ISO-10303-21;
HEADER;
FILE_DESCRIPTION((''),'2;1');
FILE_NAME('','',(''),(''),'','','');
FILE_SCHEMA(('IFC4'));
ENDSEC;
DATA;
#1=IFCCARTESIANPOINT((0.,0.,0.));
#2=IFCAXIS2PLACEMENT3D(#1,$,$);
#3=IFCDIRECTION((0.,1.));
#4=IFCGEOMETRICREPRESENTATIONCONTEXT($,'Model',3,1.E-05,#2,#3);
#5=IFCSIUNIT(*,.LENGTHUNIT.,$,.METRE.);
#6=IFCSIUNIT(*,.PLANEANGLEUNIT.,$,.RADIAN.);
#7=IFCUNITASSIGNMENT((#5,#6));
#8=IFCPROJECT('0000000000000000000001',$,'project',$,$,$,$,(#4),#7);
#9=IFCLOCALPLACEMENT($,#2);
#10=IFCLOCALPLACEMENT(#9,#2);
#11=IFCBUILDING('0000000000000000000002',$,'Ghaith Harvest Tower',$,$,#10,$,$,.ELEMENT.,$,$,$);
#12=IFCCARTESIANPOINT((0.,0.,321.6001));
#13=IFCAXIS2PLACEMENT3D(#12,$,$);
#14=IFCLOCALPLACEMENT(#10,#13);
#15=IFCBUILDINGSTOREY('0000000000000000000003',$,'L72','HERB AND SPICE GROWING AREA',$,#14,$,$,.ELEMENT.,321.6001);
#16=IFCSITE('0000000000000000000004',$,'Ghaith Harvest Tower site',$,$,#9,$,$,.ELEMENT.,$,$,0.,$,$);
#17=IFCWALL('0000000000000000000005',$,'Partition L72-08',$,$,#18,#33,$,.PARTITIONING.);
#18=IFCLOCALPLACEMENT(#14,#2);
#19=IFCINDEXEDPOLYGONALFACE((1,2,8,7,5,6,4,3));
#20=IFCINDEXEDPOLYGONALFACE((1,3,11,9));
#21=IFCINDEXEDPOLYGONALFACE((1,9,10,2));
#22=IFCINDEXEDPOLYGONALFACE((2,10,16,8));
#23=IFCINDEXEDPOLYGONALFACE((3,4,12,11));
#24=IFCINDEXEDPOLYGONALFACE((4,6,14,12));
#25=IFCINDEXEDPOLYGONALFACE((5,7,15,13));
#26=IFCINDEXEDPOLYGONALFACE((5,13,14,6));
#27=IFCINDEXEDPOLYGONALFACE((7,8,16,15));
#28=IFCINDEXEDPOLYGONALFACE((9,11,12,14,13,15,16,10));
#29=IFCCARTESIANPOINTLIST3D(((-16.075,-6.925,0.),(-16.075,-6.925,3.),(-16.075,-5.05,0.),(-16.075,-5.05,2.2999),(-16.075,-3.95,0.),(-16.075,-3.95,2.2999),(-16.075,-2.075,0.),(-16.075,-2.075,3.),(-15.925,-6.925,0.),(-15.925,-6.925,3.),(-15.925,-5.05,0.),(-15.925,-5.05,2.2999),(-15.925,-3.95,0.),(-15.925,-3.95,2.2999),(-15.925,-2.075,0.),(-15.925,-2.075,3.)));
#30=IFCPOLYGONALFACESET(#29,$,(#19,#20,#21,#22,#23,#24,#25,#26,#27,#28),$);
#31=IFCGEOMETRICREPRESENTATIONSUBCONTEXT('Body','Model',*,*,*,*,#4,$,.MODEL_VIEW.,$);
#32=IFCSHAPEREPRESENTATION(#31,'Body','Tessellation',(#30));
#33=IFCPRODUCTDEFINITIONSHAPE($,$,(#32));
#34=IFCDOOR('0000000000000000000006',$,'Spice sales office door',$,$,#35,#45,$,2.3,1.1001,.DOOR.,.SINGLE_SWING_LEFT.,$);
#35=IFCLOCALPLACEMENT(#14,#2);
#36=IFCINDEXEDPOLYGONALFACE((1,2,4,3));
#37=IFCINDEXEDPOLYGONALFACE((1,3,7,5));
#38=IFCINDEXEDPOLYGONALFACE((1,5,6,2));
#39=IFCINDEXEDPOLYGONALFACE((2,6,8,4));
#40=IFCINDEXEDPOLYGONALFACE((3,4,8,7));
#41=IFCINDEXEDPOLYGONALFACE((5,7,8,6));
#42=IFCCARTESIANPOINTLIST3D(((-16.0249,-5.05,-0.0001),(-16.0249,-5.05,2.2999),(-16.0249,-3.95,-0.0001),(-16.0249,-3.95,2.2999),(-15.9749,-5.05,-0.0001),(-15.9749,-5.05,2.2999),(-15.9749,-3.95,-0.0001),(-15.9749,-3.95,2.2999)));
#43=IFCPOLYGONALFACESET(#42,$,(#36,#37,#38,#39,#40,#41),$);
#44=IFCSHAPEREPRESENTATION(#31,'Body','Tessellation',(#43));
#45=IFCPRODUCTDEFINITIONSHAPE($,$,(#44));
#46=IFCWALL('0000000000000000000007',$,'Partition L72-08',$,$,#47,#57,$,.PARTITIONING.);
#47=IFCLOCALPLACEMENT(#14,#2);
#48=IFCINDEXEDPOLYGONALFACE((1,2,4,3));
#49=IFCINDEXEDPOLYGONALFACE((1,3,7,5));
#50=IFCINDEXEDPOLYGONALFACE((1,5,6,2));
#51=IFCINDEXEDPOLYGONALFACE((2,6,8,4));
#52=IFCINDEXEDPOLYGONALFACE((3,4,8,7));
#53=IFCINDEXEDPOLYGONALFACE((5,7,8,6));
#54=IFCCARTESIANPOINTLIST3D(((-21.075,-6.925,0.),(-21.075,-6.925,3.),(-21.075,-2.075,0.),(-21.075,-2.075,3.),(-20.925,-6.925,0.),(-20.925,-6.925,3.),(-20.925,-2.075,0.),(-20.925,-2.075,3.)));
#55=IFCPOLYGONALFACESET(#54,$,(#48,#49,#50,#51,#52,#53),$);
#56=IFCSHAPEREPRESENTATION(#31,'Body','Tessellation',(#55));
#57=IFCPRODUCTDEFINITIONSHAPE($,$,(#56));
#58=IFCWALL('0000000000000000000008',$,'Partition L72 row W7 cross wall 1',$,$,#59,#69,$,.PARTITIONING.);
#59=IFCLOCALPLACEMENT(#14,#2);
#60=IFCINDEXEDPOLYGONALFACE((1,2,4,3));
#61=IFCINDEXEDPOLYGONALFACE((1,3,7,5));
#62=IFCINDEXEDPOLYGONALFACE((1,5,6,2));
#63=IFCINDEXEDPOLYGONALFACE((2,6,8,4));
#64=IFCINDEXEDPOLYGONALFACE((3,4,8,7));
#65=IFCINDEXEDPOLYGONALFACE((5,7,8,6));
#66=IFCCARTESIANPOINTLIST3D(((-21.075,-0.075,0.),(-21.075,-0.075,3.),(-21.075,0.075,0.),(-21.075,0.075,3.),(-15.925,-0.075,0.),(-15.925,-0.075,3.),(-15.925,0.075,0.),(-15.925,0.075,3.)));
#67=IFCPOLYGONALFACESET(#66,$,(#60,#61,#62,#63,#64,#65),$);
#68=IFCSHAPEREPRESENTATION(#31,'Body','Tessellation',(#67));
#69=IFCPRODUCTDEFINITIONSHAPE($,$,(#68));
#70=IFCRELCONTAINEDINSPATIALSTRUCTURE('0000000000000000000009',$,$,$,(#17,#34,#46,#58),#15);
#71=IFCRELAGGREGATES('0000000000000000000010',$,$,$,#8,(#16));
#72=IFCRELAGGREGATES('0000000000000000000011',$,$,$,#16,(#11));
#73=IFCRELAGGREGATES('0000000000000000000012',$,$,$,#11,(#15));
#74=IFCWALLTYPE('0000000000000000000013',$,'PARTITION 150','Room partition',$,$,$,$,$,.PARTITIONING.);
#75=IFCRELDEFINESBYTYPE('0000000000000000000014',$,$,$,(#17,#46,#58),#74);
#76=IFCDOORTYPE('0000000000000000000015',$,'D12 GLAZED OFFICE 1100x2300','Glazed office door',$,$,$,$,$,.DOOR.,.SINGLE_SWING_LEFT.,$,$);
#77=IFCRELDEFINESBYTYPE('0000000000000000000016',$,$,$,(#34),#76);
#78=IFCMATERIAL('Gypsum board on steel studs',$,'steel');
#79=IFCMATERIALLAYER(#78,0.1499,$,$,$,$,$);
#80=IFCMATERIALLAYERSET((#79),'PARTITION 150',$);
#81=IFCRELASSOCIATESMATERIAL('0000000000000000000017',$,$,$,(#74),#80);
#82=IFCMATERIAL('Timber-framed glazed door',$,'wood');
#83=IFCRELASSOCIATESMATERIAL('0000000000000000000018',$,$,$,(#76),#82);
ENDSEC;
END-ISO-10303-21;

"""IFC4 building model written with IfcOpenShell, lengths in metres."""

from ifc_helpers import new_model, si_unit, direction, frame, frame_2d, origin, place, context, subcontext, project, spatial, rectangle, extrude, material, layer, layer_set, type_object, element, fill, save


model = new_model("IFC4")

# Units and contexts
model_context = context("Model", 3, precision=1e-05, world=origin(), true_north=direction((0.0, 1.0)))
body_context = subcontext(model_context, "Body", "Model", "MODEL_VIEW")
ifc_project = project(units=[si_unit("LENGTHUNIT", "METRE"), si_unit("PLANEANGLEUNIT", "RADIAN")], contexts=[model_context])

# Site, building, storey
site_placement = place(None, origin())
site = spatial("IfcSite", under=ifc_project, at=site_placement, Name="Ghaith Harvest Tower site", CompositionType="ELEMENT", RefElevation=0.0)
building_placement = place(site_placement, origin())
building = spatial("IfcBuilding", under=site, at=building_placement, Name="Ghaith Harvest Tower", CompositionType="ELEMENT")
storey_placement = place(building_placement, frame((0.0, 0.0, 321.6001)))
storey = spatial("IfcBuildingStorey", under=building, at=storey_placement, Name="L72", Description="HERB AND SPICE GROWING AREA", CompositionType="ELEMENT", Elevation=321.6001)

# Shared definitions
ifc_material_1 = material(Name="Gypsum board on steel studs", Category="steel")
ifc_layer_1 = layer(ifc_material_1, 0.1499)
ifc_layer_set_1 = layer_set([ifc_layer_1], Name="PARTITION 150")
wall_type = type_object("IfcWallType", Name="PARTITION 150", Description="Room partition", PredefinedType="PARTITIONING", material=ifc_layer_set_1)

# Wall, opening, door
wall_1_placement = place(storey_placement, frame((-16.0, -6.925, 0.0), z_axis=(0.0, 0.0, 1.0), x_axis=(0.0, 1.0, 0.0)))
wall_1 = element("IfcWall", 1, at=wall_1_placement, inside=storey, type_object=wall_type, Name="Partition L72-08", PredefinedType="PARTITIONING", context=body_context, shape_type="SweptSolid", body=[
    extrude(rectangle(XDim=4.8501, YDim=0.1499, at=frame_2d((2.425, 0.0))), origin(), (0.0, 0.0, 1.0), 3.0),
])
opening_placement = place(wall_1_placement, frame((1.875, 0.0, 0.0)))
opening = element("IfcOpeningElement", 2, at=opening_placement, cuts=wall_1, PredefinedType="OPENING", context=body_context, shape_type="SweptSolid", body=[
    extrude(rectangle(XDim=1.1001, YDim=2.3, at=frame_2d((0.55, 1.1499))), frame((0.0, 0.085, 0.0), z_axis=(0.0, -1.0, 0.0), x_axis=(1.0, 0.0, 0.0)), (0.0, 0.0, 1.0), 0.1699),
])
ifc_material_2 = material(Name="Timber-framed glazed door", Category="wood")
door_type = type_object("IfcDoorType", Name="D12 GLAZED OFFICE 1100x2300", Description="Glazed office door", OperationType="SINGLE_SWING_LEFT", PredefinedType="DOOR", material=ifc_material_2)
door_placement = place(opening_placement, origin())
door = element("IfcDoor", 3, at=door_placement, inside=storey, type_object=door_type, Name="Spice sales office door", OperationType="SINGLE_SWING_LEFT", OverallHeight=2.3, OverallWidth=1.1001, PredefinedType="DOOR", context=body_context, shape_type="SweptSolid", body=[
    extrude(rectangle(XDim=1.1001, YDim=2.3, at=frame_2d((0.55, 1.1499))), frame((0.0, 0.0249, 0.0), z_axis=(0.0, -1.0, 0.0), x_axis=(1.0, 0.0, 0.0)), (0.0, 0.0, 1.0), 0.05),
])
fill(opening, door)

# Walls
wall_2_placement = place(storey_placement, frame((-21.0, -6.925, 0.0), z_axis=(0.0, 0.0, 1.0), x_axis=(0.0, 1.0, 0.0)))
element("IfcWall", 4, at=wall_2_placement, inside=storey, type_object=wall_type, Name="Partition L72-08", PredefinedType="PARTITIONING", context=body_context, shape_type="SweptSolid", body=[
    extrude(rectangle(XDim=4.8501, YDim=0.1499, at=frame_2d((2.425, 0.0))), origin(), (0.0, 0.0, 1.0), 3.0),
])
wall_3_placement = place(storey_placement, frame((-15.925, 0.0, 0.0), z_axis=(0.0, 0.0, 1.0), x_axis=(-1.0, 0.0, 0.0)))
element("IfcWall", 5, at=wall_3_placement, inside=storey, type_object=wall_type, Name="Partition L72 row W7 cross wall 1", PredefinedType="PARTITIONING", context=body_context, shape_type="SweptSolid", body=[
    extrude(rectangle(XDim=5.1499, YDim=0.1499, at=frame_2d((2.575, 0.0))), origin(), (0.0, 0.0, 1.0), 3.0),
])

save(model, "model.ifc")
